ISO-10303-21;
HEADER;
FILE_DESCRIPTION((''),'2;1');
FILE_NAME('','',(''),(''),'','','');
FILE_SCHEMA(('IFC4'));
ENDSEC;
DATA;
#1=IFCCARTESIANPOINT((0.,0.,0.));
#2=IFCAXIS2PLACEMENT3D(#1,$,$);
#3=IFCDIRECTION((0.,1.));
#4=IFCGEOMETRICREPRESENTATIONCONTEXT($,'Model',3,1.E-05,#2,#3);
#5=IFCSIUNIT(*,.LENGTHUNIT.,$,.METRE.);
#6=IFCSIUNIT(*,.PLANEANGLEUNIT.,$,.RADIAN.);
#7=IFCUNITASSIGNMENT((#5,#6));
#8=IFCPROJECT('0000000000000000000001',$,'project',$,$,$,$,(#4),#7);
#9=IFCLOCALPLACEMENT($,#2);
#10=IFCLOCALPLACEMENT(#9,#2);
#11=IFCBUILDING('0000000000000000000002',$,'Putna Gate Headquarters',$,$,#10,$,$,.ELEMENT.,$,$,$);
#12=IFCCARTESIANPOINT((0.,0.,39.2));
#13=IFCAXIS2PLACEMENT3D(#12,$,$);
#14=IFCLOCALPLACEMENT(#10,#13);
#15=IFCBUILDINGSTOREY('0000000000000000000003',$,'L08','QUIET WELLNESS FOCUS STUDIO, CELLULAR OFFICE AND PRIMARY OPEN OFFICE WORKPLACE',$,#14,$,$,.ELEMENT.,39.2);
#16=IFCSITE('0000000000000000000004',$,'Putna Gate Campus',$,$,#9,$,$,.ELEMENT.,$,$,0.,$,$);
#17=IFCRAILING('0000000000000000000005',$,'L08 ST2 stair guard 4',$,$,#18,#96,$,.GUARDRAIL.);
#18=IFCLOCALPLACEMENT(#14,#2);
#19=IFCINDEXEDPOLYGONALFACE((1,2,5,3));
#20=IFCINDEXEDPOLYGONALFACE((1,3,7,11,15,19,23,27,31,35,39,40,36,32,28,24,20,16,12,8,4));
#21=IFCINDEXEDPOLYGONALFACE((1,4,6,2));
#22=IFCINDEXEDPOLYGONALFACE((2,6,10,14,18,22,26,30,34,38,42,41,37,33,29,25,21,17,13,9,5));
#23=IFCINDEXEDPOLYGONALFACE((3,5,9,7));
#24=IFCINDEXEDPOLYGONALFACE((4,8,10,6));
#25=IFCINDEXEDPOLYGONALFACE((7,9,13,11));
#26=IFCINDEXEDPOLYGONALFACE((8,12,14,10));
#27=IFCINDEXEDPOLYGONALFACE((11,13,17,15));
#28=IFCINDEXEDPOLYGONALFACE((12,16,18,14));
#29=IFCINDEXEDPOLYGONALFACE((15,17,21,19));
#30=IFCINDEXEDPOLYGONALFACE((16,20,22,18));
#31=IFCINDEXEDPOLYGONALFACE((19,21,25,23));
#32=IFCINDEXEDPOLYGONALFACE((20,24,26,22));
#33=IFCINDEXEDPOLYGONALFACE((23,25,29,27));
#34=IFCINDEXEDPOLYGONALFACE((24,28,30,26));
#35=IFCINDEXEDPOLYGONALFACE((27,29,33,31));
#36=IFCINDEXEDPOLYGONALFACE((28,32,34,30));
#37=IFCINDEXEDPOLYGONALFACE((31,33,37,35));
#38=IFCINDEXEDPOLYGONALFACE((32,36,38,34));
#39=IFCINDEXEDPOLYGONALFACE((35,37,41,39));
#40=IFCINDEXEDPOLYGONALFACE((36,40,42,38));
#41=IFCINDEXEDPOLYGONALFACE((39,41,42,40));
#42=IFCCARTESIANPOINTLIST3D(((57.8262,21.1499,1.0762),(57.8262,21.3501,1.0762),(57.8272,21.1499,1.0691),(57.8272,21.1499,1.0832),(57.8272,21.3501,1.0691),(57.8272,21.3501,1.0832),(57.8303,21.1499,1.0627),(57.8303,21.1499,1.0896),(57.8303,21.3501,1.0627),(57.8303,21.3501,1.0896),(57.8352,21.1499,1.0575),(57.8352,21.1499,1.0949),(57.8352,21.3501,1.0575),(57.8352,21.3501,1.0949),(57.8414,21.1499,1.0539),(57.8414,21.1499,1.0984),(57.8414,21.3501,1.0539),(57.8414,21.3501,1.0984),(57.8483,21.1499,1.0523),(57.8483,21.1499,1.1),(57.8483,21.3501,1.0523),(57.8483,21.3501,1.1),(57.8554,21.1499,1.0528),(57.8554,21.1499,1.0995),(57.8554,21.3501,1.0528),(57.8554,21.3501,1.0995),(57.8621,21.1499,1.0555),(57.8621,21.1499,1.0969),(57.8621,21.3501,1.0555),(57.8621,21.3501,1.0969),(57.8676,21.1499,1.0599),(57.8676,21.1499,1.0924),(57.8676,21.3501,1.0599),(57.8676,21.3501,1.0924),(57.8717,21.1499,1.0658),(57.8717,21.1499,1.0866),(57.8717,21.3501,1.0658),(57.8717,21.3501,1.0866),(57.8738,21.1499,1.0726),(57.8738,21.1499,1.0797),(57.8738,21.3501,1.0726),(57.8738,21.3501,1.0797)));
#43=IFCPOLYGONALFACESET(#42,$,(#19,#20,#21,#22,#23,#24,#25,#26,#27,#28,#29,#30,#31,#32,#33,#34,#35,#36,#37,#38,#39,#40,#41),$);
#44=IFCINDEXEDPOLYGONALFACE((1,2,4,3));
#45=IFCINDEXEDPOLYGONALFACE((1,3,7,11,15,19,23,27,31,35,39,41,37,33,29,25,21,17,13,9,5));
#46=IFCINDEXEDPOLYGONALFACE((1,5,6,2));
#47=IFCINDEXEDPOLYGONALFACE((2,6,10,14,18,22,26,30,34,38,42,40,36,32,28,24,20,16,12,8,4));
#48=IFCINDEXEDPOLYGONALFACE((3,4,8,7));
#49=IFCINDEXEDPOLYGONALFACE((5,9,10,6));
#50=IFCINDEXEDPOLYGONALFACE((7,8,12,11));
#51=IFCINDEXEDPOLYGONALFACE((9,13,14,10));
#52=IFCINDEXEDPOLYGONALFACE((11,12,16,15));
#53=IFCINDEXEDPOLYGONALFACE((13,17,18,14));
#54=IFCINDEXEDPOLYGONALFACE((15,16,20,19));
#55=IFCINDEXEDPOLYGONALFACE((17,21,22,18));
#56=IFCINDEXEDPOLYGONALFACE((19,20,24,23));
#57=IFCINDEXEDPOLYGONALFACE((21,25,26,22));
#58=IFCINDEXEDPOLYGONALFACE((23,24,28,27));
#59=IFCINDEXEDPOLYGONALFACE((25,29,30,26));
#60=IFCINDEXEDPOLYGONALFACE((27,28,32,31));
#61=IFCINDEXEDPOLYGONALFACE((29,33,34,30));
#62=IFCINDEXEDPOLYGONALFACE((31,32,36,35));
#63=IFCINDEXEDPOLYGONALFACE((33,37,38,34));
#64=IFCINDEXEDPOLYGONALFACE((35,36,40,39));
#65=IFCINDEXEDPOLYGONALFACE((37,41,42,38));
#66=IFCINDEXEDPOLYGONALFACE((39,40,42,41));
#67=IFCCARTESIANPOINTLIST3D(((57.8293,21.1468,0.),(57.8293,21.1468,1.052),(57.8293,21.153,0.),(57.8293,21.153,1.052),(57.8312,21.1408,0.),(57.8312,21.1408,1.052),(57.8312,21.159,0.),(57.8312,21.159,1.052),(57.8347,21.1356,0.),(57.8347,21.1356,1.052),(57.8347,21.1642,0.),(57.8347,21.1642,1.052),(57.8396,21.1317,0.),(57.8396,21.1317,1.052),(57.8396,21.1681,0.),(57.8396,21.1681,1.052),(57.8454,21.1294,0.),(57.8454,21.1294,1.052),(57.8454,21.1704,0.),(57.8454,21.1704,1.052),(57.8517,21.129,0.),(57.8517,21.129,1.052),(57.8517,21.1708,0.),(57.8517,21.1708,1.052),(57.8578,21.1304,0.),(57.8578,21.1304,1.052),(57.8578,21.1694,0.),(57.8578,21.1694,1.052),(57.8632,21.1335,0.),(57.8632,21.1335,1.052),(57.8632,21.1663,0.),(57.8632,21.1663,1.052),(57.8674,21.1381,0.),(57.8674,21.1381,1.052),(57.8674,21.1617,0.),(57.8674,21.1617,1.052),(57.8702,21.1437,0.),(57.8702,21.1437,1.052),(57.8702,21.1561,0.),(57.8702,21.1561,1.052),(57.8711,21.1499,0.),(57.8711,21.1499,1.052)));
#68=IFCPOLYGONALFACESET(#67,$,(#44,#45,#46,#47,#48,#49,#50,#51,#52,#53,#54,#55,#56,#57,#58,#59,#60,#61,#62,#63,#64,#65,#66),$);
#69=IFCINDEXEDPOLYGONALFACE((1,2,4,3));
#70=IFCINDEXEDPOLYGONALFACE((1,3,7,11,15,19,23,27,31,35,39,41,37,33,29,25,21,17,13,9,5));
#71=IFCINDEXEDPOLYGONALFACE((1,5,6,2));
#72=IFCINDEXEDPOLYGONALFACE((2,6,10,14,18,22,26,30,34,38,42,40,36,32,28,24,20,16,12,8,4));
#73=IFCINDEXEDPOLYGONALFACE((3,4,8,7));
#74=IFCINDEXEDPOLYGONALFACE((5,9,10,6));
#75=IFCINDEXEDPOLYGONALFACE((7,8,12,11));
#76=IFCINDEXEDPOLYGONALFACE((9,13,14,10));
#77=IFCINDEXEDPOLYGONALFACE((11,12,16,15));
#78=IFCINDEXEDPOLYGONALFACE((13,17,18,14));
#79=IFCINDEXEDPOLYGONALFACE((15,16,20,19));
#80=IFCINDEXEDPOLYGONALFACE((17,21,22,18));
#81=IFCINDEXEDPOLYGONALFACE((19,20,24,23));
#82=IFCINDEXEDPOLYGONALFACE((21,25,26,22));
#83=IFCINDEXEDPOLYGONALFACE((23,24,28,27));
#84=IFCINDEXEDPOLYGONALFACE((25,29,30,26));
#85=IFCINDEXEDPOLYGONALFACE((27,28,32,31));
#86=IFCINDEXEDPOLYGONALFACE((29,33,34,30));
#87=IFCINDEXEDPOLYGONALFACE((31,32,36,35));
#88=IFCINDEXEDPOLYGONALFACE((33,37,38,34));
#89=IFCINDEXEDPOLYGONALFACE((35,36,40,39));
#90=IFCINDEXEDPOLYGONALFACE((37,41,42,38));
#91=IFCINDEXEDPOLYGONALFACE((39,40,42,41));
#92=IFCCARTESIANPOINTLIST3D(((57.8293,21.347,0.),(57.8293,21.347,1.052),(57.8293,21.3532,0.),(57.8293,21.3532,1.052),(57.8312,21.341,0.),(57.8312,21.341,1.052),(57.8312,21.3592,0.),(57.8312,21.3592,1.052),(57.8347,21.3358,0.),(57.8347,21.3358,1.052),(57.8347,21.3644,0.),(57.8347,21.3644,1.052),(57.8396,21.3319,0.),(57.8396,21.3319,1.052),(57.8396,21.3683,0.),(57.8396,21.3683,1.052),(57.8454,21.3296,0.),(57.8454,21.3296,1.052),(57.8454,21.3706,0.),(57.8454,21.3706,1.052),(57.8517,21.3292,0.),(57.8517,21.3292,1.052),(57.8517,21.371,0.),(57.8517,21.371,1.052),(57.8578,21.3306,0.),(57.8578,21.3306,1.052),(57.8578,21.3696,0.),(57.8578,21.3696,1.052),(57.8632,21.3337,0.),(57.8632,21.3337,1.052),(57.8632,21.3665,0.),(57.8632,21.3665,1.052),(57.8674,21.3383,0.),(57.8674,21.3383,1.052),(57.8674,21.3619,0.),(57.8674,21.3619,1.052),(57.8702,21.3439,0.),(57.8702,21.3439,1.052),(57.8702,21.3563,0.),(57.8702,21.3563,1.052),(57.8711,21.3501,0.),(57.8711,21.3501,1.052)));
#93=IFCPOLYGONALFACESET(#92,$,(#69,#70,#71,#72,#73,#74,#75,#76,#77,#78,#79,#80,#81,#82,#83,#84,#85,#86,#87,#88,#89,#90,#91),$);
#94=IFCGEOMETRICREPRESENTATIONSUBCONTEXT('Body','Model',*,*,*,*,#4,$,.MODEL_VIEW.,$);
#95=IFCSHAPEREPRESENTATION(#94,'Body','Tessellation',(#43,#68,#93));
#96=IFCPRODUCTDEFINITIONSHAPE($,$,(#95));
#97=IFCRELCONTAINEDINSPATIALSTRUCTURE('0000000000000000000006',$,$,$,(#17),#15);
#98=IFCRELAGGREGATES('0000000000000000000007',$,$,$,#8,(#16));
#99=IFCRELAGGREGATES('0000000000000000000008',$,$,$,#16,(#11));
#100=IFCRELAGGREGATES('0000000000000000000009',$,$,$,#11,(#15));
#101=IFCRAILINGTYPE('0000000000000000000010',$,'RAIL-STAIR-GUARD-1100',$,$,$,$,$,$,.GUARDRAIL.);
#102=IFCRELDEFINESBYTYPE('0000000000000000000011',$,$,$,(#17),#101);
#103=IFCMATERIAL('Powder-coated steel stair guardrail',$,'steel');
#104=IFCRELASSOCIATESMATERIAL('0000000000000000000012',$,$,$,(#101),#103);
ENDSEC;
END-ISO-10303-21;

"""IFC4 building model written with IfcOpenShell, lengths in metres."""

from ifc_helpers import new_model, si_unit, direction, frame, origin, origin_2d, place, context, subcontext, project, spatial, circle, extrude, material, type_object, element, save


model = new_model("IFC4")

# Units and contexts
model_context = context("Model", 3, precision=1e-05, world=origin(), true_north=direction((0.0, 1.0)))
body_context = subcontext(model_context, "Body", "Model", "MODEL_VIEW")
ifc_project = project(units=[si_unit("LENGTHUNIT", "METRE"), si_unit("PLANEANGLEUNIT", "RADIAN")], contexts=[model_context])

# Site, building, storey
site_placement = place(None, origin())
site = spatial("IfcSite", under=ifc_project, at=site_placement, Name="Putna Gate Campus", CompositionType="ELEMENT", RefElevation=0.0)
building_placement = place(site_placement, origin())
building = spatial("IfcBuilding", under=site, at=building_placement, Name="Putna Gate Headquarters", CompositionType="ELEMENT")
storey_placement = place(building_placement, frame((0.0, 0.0, 39.2)))
storey = spatial("IfcBuildingStorey", under=building, at=storey_placement, Name="L08", Description="QUIET WELLNESS FOCUS STUDIO, CELLULAR OFFICE AND PRIMARY OPEN OFFICE WORKPLACE", CompositionType="ELEMENT", Elevation=39.2)

# Railing
ifc_material_1 = material(Name="Powder-coated steel stair guardrail", Category="steel")
railing_type_1 = type_object("IfcRailingType", Name="RAIL-STAIR-GUARD-1100", PredefinedType="GUARDRAIL", material=ifc_material_1)
railing_1_placement = place(storey_placement, frame((57.8501, 21.1499, 0.0)))
element("IfcRailing", 1, at=railing_1_placement, inside=storey, type_object=railing_type_1, Name="L08 ST2 stair guard 4", PredefinedType="GUARDRAIL", context=body_context, shape_type="SweptSolid", body=[
    extrude(circle(Radius=0.0239, at=origin_2d()), frame((0.0, 0.0, 1.0762), z_axis=(0.0, 1.0, 0.0), x_axis=(-1.0, 0.0, 0.0)), (0.0, 0.0, 1.0), 0.2002),
    extrude(circle(Radius=0.021, at=origin_2d()), origin(), (0.0, 0.0, 1.0), 1.052),
    extrude(circle(Radius=0.021, at=origin_2d()), frame((0.0, 0.2002, 0.0)), (0.0, 0.0, 1.0), 1.052),
])

save(model, "model.ifc")
